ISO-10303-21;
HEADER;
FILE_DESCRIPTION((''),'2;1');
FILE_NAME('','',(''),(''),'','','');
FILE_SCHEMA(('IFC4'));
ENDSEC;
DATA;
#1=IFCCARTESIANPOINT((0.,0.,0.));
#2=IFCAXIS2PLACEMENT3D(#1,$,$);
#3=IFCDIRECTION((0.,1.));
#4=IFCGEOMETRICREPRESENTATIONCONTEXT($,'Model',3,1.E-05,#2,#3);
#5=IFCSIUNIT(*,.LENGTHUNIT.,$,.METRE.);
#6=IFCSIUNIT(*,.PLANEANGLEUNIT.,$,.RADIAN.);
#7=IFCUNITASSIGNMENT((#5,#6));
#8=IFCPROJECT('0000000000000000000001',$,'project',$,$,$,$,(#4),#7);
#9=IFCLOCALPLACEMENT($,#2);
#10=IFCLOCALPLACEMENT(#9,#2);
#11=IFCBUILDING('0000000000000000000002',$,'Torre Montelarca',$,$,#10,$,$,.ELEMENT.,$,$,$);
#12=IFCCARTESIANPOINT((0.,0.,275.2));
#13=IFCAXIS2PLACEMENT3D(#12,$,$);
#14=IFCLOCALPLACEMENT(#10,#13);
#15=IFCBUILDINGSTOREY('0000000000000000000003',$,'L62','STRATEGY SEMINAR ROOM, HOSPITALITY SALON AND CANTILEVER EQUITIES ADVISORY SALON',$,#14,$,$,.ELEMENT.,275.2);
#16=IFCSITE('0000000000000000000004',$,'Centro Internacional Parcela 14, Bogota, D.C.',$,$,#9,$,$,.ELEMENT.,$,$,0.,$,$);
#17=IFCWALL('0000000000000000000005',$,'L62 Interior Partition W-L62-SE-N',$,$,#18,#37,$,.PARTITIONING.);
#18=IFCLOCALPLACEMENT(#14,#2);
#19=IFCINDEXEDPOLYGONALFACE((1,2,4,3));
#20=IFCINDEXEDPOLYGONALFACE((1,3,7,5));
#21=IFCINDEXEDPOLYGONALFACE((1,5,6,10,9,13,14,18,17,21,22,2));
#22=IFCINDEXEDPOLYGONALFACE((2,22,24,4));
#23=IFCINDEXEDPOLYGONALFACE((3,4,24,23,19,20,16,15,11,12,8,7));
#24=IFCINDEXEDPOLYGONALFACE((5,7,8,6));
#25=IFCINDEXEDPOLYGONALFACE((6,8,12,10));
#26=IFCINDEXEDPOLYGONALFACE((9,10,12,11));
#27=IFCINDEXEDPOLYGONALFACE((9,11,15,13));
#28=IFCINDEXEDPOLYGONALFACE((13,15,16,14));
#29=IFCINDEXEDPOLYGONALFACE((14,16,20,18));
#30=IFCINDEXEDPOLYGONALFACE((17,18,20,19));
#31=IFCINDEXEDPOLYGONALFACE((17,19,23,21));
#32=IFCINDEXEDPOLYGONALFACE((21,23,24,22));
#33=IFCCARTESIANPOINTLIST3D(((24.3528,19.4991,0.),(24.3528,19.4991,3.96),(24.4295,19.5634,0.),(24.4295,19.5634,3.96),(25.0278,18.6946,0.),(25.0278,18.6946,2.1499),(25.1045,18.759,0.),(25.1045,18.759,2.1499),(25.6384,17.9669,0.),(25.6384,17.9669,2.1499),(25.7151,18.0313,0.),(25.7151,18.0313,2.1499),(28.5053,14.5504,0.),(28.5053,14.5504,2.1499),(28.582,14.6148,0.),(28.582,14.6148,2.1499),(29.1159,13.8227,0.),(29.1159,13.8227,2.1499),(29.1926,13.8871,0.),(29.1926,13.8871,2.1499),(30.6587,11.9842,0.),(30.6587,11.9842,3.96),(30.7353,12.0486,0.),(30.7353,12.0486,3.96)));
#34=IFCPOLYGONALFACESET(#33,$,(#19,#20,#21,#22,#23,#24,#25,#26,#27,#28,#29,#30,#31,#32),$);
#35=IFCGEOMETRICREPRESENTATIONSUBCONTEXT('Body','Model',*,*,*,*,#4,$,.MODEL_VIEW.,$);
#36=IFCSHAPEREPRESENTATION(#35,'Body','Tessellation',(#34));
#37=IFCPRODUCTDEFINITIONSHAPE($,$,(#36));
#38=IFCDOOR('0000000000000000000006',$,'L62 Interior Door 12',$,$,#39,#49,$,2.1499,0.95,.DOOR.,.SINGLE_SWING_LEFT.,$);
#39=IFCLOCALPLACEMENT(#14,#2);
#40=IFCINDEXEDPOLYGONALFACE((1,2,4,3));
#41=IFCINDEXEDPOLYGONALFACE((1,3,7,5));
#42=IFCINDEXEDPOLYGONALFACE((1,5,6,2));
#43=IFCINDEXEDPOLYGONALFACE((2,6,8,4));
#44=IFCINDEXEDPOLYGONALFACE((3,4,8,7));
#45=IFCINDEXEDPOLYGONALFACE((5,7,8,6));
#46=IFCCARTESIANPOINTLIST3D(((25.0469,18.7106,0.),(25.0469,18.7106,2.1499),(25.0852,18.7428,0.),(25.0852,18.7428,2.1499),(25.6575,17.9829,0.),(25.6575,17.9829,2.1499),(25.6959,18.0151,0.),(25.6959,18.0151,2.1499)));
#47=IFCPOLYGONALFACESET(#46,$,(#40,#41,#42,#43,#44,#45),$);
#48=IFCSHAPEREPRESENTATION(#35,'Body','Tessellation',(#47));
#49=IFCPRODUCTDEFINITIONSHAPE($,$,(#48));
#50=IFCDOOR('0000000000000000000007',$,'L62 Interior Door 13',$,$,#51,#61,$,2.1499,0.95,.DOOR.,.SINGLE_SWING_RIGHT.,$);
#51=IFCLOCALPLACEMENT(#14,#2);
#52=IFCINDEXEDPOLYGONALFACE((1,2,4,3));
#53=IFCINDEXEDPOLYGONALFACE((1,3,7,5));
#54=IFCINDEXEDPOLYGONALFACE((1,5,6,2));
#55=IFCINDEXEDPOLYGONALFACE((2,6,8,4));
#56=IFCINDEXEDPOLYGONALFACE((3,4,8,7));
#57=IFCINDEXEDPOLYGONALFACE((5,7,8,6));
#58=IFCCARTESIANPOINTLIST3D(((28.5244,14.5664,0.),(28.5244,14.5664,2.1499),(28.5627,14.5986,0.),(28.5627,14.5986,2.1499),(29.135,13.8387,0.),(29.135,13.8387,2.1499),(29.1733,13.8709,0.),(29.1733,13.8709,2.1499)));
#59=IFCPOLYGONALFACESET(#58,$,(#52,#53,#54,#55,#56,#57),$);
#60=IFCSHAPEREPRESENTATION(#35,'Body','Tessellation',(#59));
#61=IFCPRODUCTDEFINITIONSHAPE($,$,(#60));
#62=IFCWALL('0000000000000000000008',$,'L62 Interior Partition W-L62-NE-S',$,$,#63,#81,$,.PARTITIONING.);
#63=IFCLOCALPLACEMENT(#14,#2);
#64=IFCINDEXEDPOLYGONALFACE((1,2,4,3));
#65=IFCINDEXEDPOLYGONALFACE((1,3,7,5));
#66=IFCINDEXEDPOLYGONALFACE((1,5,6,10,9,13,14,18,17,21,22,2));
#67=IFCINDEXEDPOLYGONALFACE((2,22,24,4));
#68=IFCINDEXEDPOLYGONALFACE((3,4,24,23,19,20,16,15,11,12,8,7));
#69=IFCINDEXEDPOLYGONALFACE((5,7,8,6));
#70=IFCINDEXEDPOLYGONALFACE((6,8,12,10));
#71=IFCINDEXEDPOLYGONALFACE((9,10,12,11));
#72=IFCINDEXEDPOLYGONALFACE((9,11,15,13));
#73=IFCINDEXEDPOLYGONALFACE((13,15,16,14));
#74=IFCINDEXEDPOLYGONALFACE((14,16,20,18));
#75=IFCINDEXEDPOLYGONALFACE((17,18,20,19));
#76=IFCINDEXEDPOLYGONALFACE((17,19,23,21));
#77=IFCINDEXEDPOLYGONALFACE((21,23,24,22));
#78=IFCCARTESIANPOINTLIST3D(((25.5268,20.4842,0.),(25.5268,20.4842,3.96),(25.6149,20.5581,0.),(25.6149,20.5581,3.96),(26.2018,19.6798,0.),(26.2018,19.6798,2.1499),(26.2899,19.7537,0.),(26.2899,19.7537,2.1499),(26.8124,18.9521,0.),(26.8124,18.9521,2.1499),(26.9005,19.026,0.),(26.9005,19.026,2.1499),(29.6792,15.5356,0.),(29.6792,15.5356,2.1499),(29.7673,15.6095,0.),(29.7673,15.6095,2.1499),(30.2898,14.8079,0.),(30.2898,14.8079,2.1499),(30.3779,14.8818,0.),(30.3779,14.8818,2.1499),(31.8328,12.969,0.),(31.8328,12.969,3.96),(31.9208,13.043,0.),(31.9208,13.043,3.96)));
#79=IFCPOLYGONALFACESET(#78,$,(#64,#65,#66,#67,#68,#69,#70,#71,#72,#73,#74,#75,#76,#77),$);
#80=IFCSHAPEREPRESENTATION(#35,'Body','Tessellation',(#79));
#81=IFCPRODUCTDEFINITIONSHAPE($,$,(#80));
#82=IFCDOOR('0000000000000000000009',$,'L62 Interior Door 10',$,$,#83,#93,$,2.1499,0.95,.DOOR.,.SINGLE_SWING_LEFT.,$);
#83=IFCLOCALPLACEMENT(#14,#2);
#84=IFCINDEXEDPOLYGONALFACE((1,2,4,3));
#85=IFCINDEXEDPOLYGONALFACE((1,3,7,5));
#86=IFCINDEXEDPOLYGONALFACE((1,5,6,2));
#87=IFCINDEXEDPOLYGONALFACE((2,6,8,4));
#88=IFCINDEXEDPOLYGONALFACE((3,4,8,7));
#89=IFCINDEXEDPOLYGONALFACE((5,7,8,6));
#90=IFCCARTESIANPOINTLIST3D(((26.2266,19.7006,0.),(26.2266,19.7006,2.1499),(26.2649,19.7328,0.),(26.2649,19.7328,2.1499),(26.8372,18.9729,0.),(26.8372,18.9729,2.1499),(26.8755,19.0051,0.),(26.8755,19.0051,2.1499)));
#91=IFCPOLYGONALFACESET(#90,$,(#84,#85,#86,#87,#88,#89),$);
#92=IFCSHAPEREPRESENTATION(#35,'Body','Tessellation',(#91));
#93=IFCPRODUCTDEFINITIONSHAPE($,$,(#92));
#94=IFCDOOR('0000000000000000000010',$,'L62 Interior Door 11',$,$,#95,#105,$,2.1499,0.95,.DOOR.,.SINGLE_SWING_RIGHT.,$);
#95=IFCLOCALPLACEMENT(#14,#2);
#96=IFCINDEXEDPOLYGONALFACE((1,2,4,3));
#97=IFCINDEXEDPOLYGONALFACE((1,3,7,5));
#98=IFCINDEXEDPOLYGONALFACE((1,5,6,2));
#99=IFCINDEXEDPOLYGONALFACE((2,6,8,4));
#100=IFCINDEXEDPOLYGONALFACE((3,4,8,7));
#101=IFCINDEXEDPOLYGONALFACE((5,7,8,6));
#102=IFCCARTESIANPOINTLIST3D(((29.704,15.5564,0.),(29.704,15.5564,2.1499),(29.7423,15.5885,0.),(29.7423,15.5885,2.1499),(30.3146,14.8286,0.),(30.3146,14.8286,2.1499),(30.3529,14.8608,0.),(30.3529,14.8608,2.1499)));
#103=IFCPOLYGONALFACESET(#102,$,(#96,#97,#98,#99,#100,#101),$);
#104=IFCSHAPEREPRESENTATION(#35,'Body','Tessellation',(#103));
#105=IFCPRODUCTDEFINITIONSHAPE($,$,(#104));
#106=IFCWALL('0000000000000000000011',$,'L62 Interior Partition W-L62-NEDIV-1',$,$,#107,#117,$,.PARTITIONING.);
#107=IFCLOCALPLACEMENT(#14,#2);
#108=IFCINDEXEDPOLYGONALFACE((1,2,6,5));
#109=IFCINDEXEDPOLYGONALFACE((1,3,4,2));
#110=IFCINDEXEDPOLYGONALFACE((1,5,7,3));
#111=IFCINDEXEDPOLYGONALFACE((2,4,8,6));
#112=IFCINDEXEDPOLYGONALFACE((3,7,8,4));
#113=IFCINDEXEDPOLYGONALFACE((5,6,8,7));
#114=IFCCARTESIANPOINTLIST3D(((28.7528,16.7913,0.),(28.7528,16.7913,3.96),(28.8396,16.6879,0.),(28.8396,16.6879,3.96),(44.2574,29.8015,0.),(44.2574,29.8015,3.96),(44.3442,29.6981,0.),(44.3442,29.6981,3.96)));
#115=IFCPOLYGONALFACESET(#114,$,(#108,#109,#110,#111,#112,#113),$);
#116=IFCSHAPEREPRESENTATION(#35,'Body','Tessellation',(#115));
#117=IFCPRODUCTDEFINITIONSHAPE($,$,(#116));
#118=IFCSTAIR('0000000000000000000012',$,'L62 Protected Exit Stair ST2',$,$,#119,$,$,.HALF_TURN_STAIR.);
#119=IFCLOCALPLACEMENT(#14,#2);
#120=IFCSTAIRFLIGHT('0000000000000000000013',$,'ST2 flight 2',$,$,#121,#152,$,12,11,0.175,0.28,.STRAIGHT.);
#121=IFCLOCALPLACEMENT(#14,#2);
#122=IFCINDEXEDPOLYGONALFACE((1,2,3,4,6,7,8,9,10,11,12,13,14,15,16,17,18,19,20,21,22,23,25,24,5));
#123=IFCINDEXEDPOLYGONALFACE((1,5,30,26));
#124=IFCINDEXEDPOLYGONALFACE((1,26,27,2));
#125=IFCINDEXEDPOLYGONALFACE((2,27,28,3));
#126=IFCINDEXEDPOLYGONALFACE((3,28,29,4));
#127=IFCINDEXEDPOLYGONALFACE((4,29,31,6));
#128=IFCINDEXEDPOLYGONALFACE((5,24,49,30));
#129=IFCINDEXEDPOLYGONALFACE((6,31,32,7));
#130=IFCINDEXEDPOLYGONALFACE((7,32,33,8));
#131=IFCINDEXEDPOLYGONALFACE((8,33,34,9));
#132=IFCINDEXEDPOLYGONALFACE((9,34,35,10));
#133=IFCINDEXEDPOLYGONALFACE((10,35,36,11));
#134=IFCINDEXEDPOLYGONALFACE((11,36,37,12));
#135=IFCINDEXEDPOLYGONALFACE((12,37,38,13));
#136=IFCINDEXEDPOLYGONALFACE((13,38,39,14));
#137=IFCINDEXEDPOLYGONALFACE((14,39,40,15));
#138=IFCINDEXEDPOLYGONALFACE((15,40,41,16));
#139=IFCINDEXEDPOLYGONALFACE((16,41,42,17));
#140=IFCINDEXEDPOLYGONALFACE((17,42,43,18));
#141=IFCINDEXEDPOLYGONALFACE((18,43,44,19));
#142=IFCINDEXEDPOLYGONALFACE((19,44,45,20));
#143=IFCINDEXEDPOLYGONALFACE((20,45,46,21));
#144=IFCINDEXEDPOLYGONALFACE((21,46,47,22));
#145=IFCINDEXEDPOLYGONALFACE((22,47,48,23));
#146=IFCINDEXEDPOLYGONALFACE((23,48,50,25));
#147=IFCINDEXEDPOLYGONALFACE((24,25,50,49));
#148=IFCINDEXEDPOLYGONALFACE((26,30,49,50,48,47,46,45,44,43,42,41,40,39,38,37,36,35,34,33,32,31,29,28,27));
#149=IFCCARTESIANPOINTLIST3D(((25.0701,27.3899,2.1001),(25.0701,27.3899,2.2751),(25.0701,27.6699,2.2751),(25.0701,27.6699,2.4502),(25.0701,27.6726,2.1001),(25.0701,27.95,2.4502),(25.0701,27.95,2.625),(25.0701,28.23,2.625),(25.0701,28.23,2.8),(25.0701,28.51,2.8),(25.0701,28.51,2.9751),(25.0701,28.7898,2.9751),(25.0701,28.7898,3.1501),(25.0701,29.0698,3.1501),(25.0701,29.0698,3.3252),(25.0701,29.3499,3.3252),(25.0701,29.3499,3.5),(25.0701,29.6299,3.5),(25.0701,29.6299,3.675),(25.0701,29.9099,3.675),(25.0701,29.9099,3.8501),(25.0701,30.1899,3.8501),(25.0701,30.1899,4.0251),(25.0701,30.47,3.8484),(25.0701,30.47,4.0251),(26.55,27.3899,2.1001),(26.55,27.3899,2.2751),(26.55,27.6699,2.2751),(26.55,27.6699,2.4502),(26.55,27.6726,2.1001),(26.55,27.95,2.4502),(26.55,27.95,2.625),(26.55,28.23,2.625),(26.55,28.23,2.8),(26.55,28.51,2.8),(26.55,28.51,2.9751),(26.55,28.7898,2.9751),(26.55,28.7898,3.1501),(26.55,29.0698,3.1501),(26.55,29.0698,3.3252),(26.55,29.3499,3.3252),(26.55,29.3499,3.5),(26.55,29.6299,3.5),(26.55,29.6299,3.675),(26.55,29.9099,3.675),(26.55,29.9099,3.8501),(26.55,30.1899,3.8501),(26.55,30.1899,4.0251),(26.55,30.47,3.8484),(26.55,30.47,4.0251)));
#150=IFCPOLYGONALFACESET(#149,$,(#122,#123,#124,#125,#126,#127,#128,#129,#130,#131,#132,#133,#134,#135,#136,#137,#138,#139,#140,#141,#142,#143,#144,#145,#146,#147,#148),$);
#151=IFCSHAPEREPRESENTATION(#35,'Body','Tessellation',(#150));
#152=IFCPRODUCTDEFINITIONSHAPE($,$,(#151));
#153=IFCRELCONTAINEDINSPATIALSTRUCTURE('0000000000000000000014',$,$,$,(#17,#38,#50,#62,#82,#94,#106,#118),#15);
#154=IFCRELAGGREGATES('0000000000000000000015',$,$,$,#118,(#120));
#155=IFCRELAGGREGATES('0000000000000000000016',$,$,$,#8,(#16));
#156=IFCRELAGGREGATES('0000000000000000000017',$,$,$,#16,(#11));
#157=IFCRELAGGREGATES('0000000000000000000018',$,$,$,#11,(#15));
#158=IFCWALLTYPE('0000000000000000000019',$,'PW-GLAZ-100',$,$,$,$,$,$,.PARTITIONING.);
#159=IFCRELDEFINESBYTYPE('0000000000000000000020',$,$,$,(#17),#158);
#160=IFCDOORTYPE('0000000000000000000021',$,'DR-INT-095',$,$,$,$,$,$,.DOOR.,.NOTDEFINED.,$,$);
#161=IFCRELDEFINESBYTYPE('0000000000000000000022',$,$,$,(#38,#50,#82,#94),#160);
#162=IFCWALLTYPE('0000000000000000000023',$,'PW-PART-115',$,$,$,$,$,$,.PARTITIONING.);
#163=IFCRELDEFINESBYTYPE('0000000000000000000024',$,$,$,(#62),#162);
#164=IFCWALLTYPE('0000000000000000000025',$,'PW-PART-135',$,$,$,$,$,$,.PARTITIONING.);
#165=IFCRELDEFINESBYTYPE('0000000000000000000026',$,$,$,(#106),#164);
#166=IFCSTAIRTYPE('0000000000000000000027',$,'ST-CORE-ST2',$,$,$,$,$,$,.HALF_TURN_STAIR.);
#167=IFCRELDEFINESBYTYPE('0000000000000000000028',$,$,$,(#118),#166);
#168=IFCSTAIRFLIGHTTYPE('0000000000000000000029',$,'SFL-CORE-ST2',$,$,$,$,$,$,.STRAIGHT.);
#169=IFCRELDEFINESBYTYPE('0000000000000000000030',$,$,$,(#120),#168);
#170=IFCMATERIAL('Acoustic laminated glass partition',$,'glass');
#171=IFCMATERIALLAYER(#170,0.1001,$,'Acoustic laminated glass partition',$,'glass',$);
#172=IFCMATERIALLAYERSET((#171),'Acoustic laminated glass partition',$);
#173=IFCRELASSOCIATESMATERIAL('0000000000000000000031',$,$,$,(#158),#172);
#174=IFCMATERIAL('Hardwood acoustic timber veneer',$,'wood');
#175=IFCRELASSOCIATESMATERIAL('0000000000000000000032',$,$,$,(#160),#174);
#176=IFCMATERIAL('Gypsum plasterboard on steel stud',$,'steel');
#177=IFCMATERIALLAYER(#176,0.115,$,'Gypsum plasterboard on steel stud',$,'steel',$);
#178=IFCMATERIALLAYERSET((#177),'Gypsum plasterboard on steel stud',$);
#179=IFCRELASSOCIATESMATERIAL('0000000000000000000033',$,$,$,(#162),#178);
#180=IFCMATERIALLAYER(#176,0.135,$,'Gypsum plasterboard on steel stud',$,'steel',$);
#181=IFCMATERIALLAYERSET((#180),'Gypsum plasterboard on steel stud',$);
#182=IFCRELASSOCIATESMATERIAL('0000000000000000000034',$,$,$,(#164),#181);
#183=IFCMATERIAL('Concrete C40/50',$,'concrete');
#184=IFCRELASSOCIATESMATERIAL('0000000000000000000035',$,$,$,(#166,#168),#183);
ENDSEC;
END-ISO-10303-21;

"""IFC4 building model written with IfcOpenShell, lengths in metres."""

from ifc_helpers import new_model, si_unit, direction, frame, frame_2d, origin, place, context, subcontext, project, spatial, polyline, rectangle, outline, extrude, source, transform, mapped, material, layer, layer_set, type_object, element, fill, aggregate, save


model = new_model("IFC4")

# Units and contexts
model_context = context("Model", 3, precision=1e-05, world=origin(), true_north=direction((0.0, 1.0)))
body_context = subcontext(model_context, "Body", "Model", "MODEL_VIEW")
ifc_project = project(units=[si_unit("LENGTHUNIT", "METRE"), si_unit("PLANEANGLEUNIT", "RADIAN")], contexts=[model_context])

# Site, building, storey
site_placement = place(None, origin())
site = spatial("IfcSite", under=ifc_project, at=site_placement, Name="Centro Internacional Parcela 14, Bogota, D.C.", CompositionType="ELEMENT", RefElevation=0.0)
building_placement = place(site_placement, origin())
building = spatial("IfcBuilding", under=site, at=building_placement, Name="Torre Montelarca", CompositionType="ELEMENT")
storey_placement = place(building_placement, frame((0.0, 0.0, 275.2)))
storey = spatial("IfcBuildingStorey", under=building, at=storey_placement, Name="L62", Description="STRATEGY SEMINAR ROOM, HOSPITALITY SALON AND CANTILEVER EQUITIES ADVISORY SALON", CompositionType="ELEMENT", Elevation=275.2)

# Shared definitions
ifc_material_1 = material(Name="Gypsum plasterboard on steel stud", Category="steel")

# Walls, openings, doors
ifc_material_2 = material(Name="Acoustic laminated glass partition", Category="glass")
ifc_layer_1 = layer(ifc_material_2, 0.1001, Name="Acoustic laminated glass partition", Category="glass")
ifc_layer_set_1 = layer_set([ifc_layer_1], Name="Acoustic laminated glass partition")
wall_type_1 = type_object("IfcWallType", Name="PW-GLAZ-100", PredefinedType="PARTITIONING", material=ifc_layer_set_1)
wall_1_placement = place(storey_placement, frame((24.3911, 19.5312, 0.0), z_axis=(0.0, 0.0, 1.0), x_axis=(0.642797, -0.766036, 0.0)))
wall_1 = element("IfcWall", 1, at=wall_1_placement, inside=storey, type_object=wall_type_1, Name="L62 Interior Partition W-L62-SE-N", PredefinedType="PARTITIONING", context=body_context, shape_type="SweptSolid", body=[
    extrude(rectangle(XDim=9.8101, YDim=0.1001, at=frame_2d((4.905, 0.0))), origin(), (0.0, 0.0, 1.0), 3.96),
])
opening_1_placement = place(wall_1_placement, frame((1.05, 0.0, 0.0)))
opening_1 = element("IfcOpeningElement", 2, at=opening_1_placement, cuts=wall_1, PredefinedType="OPENING", context=body_context, shape_type="SweptSolid", body=[
    extrude(rectangle(XDim=0.95, YDim=2.1499, at=frame_2d((0.4751, 1.075))), frame((0.0, 0.0601, 0.0), z_axis=(0.0, -1.0, 0.0), x_axis=(1.0, 0.0, 0.0)), (0.0, 0.0, 1.0), 0.1201),
])
opening_2_placement = place(wall_1_placement, frame((6.46, 0.0, 0.0)))
opening_2 = element("IfcOpeningElement", 3, at=opening_2_placement, cuts=wall_1, PredefinedType="OPENING", context=body_context, shape_type="SweptSolid", body=[
    extrude(rectangle(XDim=0.95, YDim=2.1499, at=frame_2d((0.4751, 1.075))), frame((0.0, 0.0601, 0.0), z_axis=(0.0, -1.0, 0.0), x_axis=(1.0, 0.0, 0.0)), (0.0, 0.0, 1.0), 0.1201),
])
ifc_material_3 = material(Name="Hardwood acoustic timber veneer", Category="wood")
door_type_1 = type_object("IfcDoorType", Name="DR-INT-095", OperationType="NOTDEFINED", PredefinedType="DOOR", material=ifc_material_3)
shared_shape_1 = source(origin(), body_context, "Body", "SweptSolid", [
    extrude(rectangle(XDim=0.95, YDim=2.1499, at=frame_2d((0.4751, 1.075))), frame((0.0, 0.0249, 0.0), z_axis=(0.0, -1.0, 0.0), x_axis=(1.0, 0.0, 0.0)), (0.0, 0.0, 1.0), 0.05),
])
door_1_placement = place(opening_1_placement, origin())
door_1 = element("IfcDoor", 4, at=door_1_placement, inside=storey, type_object=door_type_1, Name="L62 Interior Door 12", OperationType="SINGLE_SWING_LEFT", OverallHeight=2.1499, OverallWidth=0.95, PredefinedType="DOOR", context=body_context, shape_type="MappedRepresentation", body=[
    mapped(shared_shape_1, transform((0.0, 0.0, 0.0), scale=1.0)),
])
fill(opening_1, door_1)
door_2_placement = place(opening_2_placement, origin())
door_2 = element("IfcDoor", 5, at=door_2_placement, inside=storey, type_object=door_type_1, Name="L62 Interior Door 13", OperationType="SINGLE_SWING_RIGHT", OverallHeight=2.1499, OverallWidth=0.95, PredefinedType="DOOR", context=body_context, shape_type="MappedRepresentation", body=[
    mapped(shared_shape_1, transform((0.0, 0.0, 0.0), scale=1.0)),
])
fill(opening_2, door_2)
ifc_layer_2 = layer(ifc_material_1, 0.115, Name="Gypsum plasterboard on steel stud", Category="steel")
ifc_layer_set_2 = layer_set([ifc_layer_2], Name="Gypsum plasterboard on steel stud")
wall_type_2 = type_object("IfcWallType", Name="PW-PART-115", PredefinedType="PARTITIONING", material=ifc_layer_set_2)
wall_2_placement = place(storey_placement, frame((25.5708, 20.5212, 0.0), z_axis=(0.0, 0.0, 1.0), x_axis=(0.642785, -0.766046, 0.0)))
wall_2 = element("IfcWall", 6, at=wall_2_placement, inside=storey, type_object=wall_type_2, Name="L62 Interior Partition W-L62-NE-S", PredefinedType="PARTITIONING", context=body_context, shape_type="SweptSolid", body=[
    extrude(rectangle(XDim=9.8103, YDim=0.115, at=frame_2d((4.9053, 0.0))), origin(), (0.0, 0.0, 1.0), 3.96),
])
opening_3_placement = place(wall_2_placement, frame((1.05, 0.0, 0.0)))
opening_3 = element("IfcOpeningElement", 7, at=opening_3_placement, cuts=wall_2, PredefinedType="OPENING", context=body_context, shape_type="SweptSolid", body=[
    extrude(rectangle(XDim=0.95, YDim=2.1499, at=frame_2d((0.4751, 1.075))), frame((0.0, 0.0674, 0.0), z_axis=(0.0, -1.0, 0.0), x_axis=(1.0, 0.0, 0.0)), (0.0, 0.0, 1.0), 0.135),
])
opening_4_placement = place(wall_2_placement, frame((6.46, 0.0, 0.0)))
opening_4 = element("IfcOpeningElement", 8, at=opening_4_placement, cuts=wall_2, PredefinedType="OPENING", context=body_context, shape_type="SweptSolid", body=[
    extrude(rectangle(XDim=0.95, YDim=2.1499, at=frame_2d((0.4751, 1.075))), frame((0.0, 0.0674, 0.0), z_axis=(0.0, -1.0, 0.0), x_axis=(1.0, 0.0, 0.0)), (0.0, 0.0, 1.0), 0.135),
])
door_3_placement = place(opening_3_placement, origin())
door_3 = element("IfcDoor", 9, at=door_3_placement, inside=storey, type_object=door_type_1, Name="L62 Interior Door 10", OperationType="SINGLE_SWING_LEFT", OverallHeight=2.1499, OverallWidth=0.95, PredefinedType="DOOR", context=body_context, shape_type="MappedRepresentation", body=[
    mapped(shared_shape_1, transform((0.0, 0.0, 0.0), scale=1.0)),
])
fill(opening_3, door_3)
door_4_placement = place(opening_4_placement, origin())
door_4 = element("IfcDoor", 10, at=door_4_placement, inside=storey, type_object=door_type_1, Name="L62 Interior Door 11", OperationType="SINGLE_SWING_RIGHT", OverallHeight=2.1499, OverallWidth=0.95, PredefinedType="DOOR", context=body_context, shape_type="MappedRepresentation", body=[
    mapped(shared_shape_1, transform((0.0, 0.0, 0.0), scale=1.0)),
])
fill(opening_4, door_4)

# Wall
ifc_layer_3 = layer(ifc_material_1, 0.135, Name="Gypsum plasterboard on steel stud", Category="steel")
ifc_layer_set_3 = layer_set([ifc_layer_3], Name="Gypsum plasterboard on steel stud")
wall_type_3 = type_object("IfcWallType", Name="PW-PART-135", PredefinedType="PARTITIONING", material=ifc_layer_set_3)
wall_3_placement = place(storey_placement, frame((28.7961, 16.7395, 0.0), z_axis=(0.0, 0.0, 1.0), x_axis=(0.766037, 0.642797, 0.0)))
element("IfcWall", 11, at=wall_3_placement, inside=storey, type_object=wall_type_3, Name="L62 Interior Partition W-L62-NEDIV-1", PredefinedType="PARTITIONING", context=body_context, shape_type="SweptSolid", body=[
    extrude(rectangle(XDim=20.24, YDim=0.135, at=frame_2d((10.1201, 0.0))), origin(), (0.0, 0.0, 1.0), 3.96),
])

# Stair, stair flight
ifc_material_4 = material(Name="Concrete C40/50", Category="concrete")
stair_type = type_object("IfcStairType", Name="ST-CORE-ST2", PredefinedType="HALF_TURN_STAIR", material=ifc_material_4)
stair_placement = place(storey_placement, origin())
stair = element("IfcStair", 12, at=stair_placement, inside=storey, type_object=stair_type, Name="L62 Protected Exit Stair ST2", PredefinedType="HALF_TURN_STAIR")
stair_flight_type = type_object("IfcStairFlightType", Name="SFL-CORE-ST2", PredefinedType="STRAIGHT", material=ifc_material_4)
stair_flight_placement = place(storey_placement, frame((25.8101, 27.3899, 2.1001), z_axis=(0.0, 0.0, 1.0), x_axis=(0.0, 1.0, 0.0)))
stair_flight = element("IfcStairFlight", 13, at=stair_flight_placement, type_object=stair_flight_type, Name="ST2 flight 2", NumberOfRisers=12, NumberOfTreads=11, PredefinedType="STRAIGHT", RiserHeight=0.175, TreadLength=0.28, context=body_context, shape_type="SweptSolid", body=[
    extrude(outline(polyline([(0.0, 0.0), (0.0, 0.175), (0.28, 0.175), (0.28, 0.3501), (0.5601, 0.3501), (0.5601, 0.5249), (0.8401, 0.5249), (0.8401, 0.7), (1.1201, 0.7), (1.1201, 0.875), (1.3999, 0.875), (1.3999, 1.05), (1.6799, 1.05), (1.6799, 1.2251), (1.96, 1.2251), (1.96, 1.3999), (2.24, 1.3999), (2.24, 1.575), (2.52, 1.575), (2.52, 1.75), (2.8, 1.75), (2.8, 1.925), (3.0801, 1.925), (3.0801, 2.1001), (3.0801, 1.7483), (0.2827, 0.0), (0.0, 0.0)])), frame((0.0, 0.74, 0.0), z_axis=(0.0, -1.0, 0.0), x_axis=(1.0, 0.0, 0.0)), (0.0, 0.0, 1.0), 1.48),
])
aggregate(stair, [stair_flight])

save(model, "model.ifc")
